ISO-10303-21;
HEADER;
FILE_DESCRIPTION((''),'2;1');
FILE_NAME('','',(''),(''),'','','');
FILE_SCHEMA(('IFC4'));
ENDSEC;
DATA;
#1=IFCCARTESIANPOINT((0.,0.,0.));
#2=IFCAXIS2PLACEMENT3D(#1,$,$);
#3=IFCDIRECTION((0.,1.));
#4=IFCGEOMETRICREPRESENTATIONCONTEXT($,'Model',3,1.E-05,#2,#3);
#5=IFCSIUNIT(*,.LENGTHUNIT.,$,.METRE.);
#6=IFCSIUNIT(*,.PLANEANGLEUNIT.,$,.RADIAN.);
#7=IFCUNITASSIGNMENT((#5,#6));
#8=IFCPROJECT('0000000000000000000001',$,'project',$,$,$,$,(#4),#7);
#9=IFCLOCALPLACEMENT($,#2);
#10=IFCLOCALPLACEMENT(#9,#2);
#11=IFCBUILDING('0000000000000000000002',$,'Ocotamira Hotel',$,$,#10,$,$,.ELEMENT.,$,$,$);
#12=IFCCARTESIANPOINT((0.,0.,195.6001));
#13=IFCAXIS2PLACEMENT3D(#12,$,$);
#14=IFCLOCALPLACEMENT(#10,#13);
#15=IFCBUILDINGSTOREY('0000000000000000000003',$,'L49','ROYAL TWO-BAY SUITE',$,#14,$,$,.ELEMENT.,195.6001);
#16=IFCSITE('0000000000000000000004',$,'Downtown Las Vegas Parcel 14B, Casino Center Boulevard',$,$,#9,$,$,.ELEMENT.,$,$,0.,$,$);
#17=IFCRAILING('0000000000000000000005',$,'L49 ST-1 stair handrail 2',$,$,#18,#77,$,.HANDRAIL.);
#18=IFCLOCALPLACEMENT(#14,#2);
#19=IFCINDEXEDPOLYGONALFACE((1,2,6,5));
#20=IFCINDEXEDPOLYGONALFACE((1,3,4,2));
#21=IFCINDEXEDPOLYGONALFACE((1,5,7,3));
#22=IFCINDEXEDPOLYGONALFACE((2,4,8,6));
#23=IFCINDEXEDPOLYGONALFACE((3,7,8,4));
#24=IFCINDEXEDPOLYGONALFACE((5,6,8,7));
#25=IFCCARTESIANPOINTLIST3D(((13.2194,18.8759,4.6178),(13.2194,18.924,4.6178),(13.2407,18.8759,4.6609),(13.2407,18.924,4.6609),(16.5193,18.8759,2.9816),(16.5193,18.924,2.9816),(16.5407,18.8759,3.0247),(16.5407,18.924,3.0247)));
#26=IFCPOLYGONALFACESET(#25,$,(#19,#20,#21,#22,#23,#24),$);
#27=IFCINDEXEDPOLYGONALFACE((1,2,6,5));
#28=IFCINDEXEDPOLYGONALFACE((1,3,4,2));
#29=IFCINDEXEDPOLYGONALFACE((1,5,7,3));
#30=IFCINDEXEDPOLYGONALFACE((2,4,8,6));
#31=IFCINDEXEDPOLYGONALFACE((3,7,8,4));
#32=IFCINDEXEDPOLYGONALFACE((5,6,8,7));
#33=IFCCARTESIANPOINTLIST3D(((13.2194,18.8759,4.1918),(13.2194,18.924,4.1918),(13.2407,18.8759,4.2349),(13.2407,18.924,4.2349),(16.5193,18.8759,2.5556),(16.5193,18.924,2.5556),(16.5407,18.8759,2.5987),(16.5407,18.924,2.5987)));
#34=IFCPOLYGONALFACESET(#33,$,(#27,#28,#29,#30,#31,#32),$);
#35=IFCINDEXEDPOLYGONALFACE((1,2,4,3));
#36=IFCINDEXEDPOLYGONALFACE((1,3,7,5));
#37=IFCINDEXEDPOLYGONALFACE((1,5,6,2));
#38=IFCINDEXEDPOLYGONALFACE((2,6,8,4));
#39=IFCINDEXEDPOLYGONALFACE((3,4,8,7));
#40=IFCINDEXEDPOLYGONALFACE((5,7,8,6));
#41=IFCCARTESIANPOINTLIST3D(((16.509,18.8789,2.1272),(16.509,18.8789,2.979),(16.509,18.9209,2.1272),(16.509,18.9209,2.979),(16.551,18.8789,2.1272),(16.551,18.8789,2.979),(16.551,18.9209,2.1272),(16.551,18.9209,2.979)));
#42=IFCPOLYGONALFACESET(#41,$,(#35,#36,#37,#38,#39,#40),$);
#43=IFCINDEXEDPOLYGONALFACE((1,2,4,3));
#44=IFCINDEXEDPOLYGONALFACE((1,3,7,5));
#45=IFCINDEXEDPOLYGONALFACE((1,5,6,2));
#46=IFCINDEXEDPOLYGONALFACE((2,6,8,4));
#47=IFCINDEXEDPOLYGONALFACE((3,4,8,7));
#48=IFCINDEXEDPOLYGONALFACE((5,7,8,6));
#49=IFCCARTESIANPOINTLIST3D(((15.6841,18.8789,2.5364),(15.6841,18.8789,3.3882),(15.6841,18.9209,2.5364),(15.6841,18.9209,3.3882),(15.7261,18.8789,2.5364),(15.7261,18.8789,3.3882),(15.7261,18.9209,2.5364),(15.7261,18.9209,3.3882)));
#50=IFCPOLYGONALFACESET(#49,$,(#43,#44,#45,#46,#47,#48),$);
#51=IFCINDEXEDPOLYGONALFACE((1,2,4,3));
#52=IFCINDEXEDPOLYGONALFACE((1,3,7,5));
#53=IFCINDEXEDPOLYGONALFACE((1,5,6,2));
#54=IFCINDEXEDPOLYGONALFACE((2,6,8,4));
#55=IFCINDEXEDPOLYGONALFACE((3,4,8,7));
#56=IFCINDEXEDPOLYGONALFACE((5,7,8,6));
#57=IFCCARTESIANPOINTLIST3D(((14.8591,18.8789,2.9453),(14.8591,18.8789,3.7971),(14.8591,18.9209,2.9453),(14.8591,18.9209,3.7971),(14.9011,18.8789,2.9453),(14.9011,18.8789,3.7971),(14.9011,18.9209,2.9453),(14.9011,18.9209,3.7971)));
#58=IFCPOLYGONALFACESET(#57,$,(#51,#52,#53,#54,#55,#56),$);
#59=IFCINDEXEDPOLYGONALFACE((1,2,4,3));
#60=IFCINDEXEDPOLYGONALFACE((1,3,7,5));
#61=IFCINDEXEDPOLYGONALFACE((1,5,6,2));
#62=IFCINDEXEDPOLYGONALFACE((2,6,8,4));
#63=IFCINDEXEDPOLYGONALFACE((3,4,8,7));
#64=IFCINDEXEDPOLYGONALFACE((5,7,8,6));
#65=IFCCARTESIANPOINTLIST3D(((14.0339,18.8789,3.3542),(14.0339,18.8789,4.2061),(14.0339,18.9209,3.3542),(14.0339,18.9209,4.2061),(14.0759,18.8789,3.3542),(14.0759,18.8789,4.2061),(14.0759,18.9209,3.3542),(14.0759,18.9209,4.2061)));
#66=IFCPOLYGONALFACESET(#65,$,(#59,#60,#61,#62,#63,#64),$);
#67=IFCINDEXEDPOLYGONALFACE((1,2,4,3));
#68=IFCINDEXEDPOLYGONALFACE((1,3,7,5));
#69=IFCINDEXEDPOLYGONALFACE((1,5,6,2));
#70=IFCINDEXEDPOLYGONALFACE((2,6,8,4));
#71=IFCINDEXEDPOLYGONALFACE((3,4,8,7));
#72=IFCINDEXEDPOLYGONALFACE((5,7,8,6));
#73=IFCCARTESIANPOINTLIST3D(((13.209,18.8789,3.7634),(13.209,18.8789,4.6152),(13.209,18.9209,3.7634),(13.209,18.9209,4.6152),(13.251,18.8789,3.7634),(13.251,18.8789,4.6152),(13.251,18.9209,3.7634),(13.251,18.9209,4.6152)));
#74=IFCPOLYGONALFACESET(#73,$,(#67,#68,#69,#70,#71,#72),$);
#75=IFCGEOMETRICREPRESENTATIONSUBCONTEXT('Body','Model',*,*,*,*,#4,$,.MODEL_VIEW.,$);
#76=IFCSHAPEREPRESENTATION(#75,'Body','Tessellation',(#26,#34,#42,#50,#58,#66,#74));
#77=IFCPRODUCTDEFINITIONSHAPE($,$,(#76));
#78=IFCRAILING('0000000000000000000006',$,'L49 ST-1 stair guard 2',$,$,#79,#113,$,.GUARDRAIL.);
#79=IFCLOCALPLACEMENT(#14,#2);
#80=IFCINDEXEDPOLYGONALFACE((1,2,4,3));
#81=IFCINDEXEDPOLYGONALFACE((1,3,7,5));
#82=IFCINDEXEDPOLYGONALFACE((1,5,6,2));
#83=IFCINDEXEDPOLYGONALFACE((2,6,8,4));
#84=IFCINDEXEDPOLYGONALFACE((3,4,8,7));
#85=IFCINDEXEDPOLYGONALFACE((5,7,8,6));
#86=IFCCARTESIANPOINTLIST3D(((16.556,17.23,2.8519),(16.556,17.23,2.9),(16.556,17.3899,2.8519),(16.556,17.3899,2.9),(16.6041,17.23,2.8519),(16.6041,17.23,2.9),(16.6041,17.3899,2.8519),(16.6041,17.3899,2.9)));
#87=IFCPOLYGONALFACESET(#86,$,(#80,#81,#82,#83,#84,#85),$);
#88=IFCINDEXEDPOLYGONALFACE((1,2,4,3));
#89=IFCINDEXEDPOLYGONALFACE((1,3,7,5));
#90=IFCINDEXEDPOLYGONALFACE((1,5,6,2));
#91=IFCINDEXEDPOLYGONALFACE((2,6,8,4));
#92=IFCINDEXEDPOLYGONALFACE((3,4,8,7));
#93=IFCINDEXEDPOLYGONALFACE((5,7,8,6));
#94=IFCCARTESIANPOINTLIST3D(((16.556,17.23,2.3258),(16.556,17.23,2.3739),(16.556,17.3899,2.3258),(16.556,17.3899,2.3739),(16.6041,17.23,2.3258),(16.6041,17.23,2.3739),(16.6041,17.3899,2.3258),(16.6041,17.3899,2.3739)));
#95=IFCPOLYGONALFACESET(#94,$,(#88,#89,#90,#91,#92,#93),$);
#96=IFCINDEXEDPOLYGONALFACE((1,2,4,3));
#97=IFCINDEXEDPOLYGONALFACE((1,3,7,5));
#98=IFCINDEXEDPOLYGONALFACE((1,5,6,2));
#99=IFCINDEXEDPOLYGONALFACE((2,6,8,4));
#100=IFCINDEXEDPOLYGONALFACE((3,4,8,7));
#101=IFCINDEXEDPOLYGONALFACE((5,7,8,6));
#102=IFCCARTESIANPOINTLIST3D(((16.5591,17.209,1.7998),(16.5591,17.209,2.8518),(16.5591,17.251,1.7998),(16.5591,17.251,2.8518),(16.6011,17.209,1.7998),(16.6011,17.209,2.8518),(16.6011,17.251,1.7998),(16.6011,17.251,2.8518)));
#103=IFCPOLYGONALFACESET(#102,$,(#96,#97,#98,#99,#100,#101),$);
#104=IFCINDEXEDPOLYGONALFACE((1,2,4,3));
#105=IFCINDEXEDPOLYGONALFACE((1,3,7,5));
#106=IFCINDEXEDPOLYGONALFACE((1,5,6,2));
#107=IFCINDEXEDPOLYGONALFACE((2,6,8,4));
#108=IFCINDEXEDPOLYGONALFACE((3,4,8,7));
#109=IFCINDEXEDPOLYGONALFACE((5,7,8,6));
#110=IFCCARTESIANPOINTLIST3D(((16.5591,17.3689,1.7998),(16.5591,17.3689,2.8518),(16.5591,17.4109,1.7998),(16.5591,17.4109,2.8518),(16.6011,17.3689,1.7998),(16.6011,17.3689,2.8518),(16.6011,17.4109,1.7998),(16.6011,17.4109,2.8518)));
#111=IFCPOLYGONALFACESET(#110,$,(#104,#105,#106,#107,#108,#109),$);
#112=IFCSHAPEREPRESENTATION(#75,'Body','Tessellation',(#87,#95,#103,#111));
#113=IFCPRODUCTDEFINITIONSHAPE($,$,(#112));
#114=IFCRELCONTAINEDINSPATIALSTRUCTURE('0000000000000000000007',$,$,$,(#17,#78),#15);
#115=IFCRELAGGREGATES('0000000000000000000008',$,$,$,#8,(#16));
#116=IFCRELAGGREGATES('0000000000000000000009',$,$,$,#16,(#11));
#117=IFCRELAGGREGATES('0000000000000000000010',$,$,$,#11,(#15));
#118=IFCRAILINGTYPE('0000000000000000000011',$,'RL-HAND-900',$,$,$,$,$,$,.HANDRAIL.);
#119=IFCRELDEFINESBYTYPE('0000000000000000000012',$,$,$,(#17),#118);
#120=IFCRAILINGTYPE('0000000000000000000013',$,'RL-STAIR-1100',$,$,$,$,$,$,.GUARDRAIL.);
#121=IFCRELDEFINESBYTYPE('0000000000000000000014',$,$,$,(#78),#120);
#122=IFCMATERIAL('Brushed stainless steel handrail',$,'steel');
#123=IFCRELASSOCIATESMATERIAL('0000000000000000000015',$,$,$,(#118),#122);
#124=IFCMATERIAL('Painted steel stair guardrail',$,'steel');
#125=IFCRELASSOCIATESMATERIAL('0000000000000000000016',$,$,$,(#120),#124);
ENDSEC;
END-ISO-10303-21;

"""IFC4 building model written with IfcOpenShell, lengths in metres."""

from ifc_helpers import new_model, si_unit, direction, frame, origin, origin_2d, place, context, subcontext, project, spatial, rectangle, extrude, material, type_object, element, save


model = new_model("IFC4")

# Units and contexts
model_context = context("Model", 3, precision=1e-05, world=origin(), true_north=direction((0.0, 1.0)))
body_context = subcontext(model_context, "Body", "Model", "MODEL_VIEW")
ifc_project = project(units=[si_unit("LENGTHUNIT", "METRE"), si_unit("PLANEANGLEUNIT", "RADIAN")], contexts=[model_context])

# Site, building, storey
site_placement = place(None, origin())
site = spatial("IfcSite", under=ifc_project, at=site_placement, Name="Downtown Las Vegas Parcel 14B, Casino Center Boulevard", CompositionType="ELEMENT", RefElevation=0.0)
building_placement = place(site_placement, origin())
building = spatial("IfcBuilding", under=site, at=building_placement, Name="Ocotamira Hotel", CompositionType="ELEMENT")
storey_placement = place(building_placement, frame((0.0, 0.0, 195.6001)))
storey = spatial("IfcBuildingStorey", under=building, at=storey_placement, Name="L49", Description="ROYAL TWO-BAY SUITE", CompositionType="ELEMENT", Elevation=195.6001)

# Railings
ifc_material_1 = material(Name="Brushed stainless steel handrail", Category="steel")
railing_type_1 = type_object("IfcRailingType", Name="RL-HAND-900", PredefinedType="HANDRAIL", material=ifc_material_1)
railing_1_placement = place(storey_placement, frame((16.53, 18.8999, 2.1272)))
element("IfcRailing", 1, at=railing_1_placement, inside=storey, type_object=railing_type_1, Name="L49 ST-1 stair handrail 2", PredefinedType="HANDRAIL", context=body_context, shape_type="SweptSolid", body=[
    extrude(rectangle(XDim=0.0481, YDim=0.0481, at=origin_2d()), frame((0.0, 0.0, 0.876), z_axis=(-0.89592, 0.0, 0.444215), x_axis=(0.0, -1.0, 0.0)), (0.0, 0.0, 1.0), 3.6833),
    extrude(rectangle(XDim=0.0481, YDim=0.0481, at=origin_2d()), frame((0.0, 0.0, 0.45), z_axis=(-0.89592, 0.0, 0.444215), x_axis=(0.0, -1.0, 0.0)), (0.0, 0.0, 1.0), 3.6833),
    extrude(rectangle(XDim=0.042, YDim=0.042, at=origin_2d()), origin(), (0.0, 0.0, 1.0), 0.8518),
    extrude(rectangle(XDim=0.042, YDim=0.042, at=origin_2d()), frame((-0.825, 0.0, 0.4092)), (0.0, 0.0, 1.0), 0.8518),
    extrude(rectangle(XDim=0.042, YDim=0.042, at=origin_2d()), frame((-1.6499, 0.0, 0.8181)), (0.0, 0.0, 1.0), 0.8518),
    extrude(rectangle(XDim=0.042, YDim=0.042, at=origin_2d()), frame((-2.4751, 0.0, 1.2271)), (0.0, 0.0, 1.0), 0.8518),
    extrude(rectangle(XDim=0.042, YDim=0.042, at=origin_2d()), frame((-3.3, 0.0, 1.6362)), (0.0, 0.0, 1.0), 0.8518),
])
ifc_material_2 = material(Name="Painted steel stair guardrail", Category="steel")
railing_type_2 = type_object("IfcRailingType", Name="RL-STAIR-1100", PredefinedType="GUARDRAIL", material=ifc_material_2)
railing_2_placement = place(storey_placement, frame((16.5801, 17.23, 1.7998)))
element("IfcRailing", 2, at=railing_2_placement, inside=storey, type_object=railing_type_2, Name="L49 ST-1 stair guard 2", PredefinedType="GUARDRAIL", context=body_context, shape_type="SweptSolid", body=[
    extrude(rectangle(XDim=0.0481, YDim=0.0481, at=origin_2d()), frame((0.0, 0.0, 1.0762), z_axis=(0.0, 1.0, 0.0), x_axis=(-1.0, 0.0, 0.0)), (0.0, 0.0, 1.0), 0.1599),
    extrude(rectangle(XDim=0.0481, YDim=0.0481, at=origin_2d()), frame((0.0, 0.0, 0.55), z_axis=(0.0, 1.0, 0.0), x_axis=(-1.0, 0.0, 0.0)), (0.0, 0.0, 1.0), 0.1599),
    extrude(rectangle(XDim=0.042, YDim=0.042, at=origin_2d()), origin(), (0.0, 0.0, 1.0), 1.052),
    extrude(rectangle(XDim=0.042, YDim=0.042, at=origin_2d()), frame((0.0, 0.1599, 0.0)), (0.0, 0.0, 1.0), 1.052),
])

save(model, "model.ifc")
